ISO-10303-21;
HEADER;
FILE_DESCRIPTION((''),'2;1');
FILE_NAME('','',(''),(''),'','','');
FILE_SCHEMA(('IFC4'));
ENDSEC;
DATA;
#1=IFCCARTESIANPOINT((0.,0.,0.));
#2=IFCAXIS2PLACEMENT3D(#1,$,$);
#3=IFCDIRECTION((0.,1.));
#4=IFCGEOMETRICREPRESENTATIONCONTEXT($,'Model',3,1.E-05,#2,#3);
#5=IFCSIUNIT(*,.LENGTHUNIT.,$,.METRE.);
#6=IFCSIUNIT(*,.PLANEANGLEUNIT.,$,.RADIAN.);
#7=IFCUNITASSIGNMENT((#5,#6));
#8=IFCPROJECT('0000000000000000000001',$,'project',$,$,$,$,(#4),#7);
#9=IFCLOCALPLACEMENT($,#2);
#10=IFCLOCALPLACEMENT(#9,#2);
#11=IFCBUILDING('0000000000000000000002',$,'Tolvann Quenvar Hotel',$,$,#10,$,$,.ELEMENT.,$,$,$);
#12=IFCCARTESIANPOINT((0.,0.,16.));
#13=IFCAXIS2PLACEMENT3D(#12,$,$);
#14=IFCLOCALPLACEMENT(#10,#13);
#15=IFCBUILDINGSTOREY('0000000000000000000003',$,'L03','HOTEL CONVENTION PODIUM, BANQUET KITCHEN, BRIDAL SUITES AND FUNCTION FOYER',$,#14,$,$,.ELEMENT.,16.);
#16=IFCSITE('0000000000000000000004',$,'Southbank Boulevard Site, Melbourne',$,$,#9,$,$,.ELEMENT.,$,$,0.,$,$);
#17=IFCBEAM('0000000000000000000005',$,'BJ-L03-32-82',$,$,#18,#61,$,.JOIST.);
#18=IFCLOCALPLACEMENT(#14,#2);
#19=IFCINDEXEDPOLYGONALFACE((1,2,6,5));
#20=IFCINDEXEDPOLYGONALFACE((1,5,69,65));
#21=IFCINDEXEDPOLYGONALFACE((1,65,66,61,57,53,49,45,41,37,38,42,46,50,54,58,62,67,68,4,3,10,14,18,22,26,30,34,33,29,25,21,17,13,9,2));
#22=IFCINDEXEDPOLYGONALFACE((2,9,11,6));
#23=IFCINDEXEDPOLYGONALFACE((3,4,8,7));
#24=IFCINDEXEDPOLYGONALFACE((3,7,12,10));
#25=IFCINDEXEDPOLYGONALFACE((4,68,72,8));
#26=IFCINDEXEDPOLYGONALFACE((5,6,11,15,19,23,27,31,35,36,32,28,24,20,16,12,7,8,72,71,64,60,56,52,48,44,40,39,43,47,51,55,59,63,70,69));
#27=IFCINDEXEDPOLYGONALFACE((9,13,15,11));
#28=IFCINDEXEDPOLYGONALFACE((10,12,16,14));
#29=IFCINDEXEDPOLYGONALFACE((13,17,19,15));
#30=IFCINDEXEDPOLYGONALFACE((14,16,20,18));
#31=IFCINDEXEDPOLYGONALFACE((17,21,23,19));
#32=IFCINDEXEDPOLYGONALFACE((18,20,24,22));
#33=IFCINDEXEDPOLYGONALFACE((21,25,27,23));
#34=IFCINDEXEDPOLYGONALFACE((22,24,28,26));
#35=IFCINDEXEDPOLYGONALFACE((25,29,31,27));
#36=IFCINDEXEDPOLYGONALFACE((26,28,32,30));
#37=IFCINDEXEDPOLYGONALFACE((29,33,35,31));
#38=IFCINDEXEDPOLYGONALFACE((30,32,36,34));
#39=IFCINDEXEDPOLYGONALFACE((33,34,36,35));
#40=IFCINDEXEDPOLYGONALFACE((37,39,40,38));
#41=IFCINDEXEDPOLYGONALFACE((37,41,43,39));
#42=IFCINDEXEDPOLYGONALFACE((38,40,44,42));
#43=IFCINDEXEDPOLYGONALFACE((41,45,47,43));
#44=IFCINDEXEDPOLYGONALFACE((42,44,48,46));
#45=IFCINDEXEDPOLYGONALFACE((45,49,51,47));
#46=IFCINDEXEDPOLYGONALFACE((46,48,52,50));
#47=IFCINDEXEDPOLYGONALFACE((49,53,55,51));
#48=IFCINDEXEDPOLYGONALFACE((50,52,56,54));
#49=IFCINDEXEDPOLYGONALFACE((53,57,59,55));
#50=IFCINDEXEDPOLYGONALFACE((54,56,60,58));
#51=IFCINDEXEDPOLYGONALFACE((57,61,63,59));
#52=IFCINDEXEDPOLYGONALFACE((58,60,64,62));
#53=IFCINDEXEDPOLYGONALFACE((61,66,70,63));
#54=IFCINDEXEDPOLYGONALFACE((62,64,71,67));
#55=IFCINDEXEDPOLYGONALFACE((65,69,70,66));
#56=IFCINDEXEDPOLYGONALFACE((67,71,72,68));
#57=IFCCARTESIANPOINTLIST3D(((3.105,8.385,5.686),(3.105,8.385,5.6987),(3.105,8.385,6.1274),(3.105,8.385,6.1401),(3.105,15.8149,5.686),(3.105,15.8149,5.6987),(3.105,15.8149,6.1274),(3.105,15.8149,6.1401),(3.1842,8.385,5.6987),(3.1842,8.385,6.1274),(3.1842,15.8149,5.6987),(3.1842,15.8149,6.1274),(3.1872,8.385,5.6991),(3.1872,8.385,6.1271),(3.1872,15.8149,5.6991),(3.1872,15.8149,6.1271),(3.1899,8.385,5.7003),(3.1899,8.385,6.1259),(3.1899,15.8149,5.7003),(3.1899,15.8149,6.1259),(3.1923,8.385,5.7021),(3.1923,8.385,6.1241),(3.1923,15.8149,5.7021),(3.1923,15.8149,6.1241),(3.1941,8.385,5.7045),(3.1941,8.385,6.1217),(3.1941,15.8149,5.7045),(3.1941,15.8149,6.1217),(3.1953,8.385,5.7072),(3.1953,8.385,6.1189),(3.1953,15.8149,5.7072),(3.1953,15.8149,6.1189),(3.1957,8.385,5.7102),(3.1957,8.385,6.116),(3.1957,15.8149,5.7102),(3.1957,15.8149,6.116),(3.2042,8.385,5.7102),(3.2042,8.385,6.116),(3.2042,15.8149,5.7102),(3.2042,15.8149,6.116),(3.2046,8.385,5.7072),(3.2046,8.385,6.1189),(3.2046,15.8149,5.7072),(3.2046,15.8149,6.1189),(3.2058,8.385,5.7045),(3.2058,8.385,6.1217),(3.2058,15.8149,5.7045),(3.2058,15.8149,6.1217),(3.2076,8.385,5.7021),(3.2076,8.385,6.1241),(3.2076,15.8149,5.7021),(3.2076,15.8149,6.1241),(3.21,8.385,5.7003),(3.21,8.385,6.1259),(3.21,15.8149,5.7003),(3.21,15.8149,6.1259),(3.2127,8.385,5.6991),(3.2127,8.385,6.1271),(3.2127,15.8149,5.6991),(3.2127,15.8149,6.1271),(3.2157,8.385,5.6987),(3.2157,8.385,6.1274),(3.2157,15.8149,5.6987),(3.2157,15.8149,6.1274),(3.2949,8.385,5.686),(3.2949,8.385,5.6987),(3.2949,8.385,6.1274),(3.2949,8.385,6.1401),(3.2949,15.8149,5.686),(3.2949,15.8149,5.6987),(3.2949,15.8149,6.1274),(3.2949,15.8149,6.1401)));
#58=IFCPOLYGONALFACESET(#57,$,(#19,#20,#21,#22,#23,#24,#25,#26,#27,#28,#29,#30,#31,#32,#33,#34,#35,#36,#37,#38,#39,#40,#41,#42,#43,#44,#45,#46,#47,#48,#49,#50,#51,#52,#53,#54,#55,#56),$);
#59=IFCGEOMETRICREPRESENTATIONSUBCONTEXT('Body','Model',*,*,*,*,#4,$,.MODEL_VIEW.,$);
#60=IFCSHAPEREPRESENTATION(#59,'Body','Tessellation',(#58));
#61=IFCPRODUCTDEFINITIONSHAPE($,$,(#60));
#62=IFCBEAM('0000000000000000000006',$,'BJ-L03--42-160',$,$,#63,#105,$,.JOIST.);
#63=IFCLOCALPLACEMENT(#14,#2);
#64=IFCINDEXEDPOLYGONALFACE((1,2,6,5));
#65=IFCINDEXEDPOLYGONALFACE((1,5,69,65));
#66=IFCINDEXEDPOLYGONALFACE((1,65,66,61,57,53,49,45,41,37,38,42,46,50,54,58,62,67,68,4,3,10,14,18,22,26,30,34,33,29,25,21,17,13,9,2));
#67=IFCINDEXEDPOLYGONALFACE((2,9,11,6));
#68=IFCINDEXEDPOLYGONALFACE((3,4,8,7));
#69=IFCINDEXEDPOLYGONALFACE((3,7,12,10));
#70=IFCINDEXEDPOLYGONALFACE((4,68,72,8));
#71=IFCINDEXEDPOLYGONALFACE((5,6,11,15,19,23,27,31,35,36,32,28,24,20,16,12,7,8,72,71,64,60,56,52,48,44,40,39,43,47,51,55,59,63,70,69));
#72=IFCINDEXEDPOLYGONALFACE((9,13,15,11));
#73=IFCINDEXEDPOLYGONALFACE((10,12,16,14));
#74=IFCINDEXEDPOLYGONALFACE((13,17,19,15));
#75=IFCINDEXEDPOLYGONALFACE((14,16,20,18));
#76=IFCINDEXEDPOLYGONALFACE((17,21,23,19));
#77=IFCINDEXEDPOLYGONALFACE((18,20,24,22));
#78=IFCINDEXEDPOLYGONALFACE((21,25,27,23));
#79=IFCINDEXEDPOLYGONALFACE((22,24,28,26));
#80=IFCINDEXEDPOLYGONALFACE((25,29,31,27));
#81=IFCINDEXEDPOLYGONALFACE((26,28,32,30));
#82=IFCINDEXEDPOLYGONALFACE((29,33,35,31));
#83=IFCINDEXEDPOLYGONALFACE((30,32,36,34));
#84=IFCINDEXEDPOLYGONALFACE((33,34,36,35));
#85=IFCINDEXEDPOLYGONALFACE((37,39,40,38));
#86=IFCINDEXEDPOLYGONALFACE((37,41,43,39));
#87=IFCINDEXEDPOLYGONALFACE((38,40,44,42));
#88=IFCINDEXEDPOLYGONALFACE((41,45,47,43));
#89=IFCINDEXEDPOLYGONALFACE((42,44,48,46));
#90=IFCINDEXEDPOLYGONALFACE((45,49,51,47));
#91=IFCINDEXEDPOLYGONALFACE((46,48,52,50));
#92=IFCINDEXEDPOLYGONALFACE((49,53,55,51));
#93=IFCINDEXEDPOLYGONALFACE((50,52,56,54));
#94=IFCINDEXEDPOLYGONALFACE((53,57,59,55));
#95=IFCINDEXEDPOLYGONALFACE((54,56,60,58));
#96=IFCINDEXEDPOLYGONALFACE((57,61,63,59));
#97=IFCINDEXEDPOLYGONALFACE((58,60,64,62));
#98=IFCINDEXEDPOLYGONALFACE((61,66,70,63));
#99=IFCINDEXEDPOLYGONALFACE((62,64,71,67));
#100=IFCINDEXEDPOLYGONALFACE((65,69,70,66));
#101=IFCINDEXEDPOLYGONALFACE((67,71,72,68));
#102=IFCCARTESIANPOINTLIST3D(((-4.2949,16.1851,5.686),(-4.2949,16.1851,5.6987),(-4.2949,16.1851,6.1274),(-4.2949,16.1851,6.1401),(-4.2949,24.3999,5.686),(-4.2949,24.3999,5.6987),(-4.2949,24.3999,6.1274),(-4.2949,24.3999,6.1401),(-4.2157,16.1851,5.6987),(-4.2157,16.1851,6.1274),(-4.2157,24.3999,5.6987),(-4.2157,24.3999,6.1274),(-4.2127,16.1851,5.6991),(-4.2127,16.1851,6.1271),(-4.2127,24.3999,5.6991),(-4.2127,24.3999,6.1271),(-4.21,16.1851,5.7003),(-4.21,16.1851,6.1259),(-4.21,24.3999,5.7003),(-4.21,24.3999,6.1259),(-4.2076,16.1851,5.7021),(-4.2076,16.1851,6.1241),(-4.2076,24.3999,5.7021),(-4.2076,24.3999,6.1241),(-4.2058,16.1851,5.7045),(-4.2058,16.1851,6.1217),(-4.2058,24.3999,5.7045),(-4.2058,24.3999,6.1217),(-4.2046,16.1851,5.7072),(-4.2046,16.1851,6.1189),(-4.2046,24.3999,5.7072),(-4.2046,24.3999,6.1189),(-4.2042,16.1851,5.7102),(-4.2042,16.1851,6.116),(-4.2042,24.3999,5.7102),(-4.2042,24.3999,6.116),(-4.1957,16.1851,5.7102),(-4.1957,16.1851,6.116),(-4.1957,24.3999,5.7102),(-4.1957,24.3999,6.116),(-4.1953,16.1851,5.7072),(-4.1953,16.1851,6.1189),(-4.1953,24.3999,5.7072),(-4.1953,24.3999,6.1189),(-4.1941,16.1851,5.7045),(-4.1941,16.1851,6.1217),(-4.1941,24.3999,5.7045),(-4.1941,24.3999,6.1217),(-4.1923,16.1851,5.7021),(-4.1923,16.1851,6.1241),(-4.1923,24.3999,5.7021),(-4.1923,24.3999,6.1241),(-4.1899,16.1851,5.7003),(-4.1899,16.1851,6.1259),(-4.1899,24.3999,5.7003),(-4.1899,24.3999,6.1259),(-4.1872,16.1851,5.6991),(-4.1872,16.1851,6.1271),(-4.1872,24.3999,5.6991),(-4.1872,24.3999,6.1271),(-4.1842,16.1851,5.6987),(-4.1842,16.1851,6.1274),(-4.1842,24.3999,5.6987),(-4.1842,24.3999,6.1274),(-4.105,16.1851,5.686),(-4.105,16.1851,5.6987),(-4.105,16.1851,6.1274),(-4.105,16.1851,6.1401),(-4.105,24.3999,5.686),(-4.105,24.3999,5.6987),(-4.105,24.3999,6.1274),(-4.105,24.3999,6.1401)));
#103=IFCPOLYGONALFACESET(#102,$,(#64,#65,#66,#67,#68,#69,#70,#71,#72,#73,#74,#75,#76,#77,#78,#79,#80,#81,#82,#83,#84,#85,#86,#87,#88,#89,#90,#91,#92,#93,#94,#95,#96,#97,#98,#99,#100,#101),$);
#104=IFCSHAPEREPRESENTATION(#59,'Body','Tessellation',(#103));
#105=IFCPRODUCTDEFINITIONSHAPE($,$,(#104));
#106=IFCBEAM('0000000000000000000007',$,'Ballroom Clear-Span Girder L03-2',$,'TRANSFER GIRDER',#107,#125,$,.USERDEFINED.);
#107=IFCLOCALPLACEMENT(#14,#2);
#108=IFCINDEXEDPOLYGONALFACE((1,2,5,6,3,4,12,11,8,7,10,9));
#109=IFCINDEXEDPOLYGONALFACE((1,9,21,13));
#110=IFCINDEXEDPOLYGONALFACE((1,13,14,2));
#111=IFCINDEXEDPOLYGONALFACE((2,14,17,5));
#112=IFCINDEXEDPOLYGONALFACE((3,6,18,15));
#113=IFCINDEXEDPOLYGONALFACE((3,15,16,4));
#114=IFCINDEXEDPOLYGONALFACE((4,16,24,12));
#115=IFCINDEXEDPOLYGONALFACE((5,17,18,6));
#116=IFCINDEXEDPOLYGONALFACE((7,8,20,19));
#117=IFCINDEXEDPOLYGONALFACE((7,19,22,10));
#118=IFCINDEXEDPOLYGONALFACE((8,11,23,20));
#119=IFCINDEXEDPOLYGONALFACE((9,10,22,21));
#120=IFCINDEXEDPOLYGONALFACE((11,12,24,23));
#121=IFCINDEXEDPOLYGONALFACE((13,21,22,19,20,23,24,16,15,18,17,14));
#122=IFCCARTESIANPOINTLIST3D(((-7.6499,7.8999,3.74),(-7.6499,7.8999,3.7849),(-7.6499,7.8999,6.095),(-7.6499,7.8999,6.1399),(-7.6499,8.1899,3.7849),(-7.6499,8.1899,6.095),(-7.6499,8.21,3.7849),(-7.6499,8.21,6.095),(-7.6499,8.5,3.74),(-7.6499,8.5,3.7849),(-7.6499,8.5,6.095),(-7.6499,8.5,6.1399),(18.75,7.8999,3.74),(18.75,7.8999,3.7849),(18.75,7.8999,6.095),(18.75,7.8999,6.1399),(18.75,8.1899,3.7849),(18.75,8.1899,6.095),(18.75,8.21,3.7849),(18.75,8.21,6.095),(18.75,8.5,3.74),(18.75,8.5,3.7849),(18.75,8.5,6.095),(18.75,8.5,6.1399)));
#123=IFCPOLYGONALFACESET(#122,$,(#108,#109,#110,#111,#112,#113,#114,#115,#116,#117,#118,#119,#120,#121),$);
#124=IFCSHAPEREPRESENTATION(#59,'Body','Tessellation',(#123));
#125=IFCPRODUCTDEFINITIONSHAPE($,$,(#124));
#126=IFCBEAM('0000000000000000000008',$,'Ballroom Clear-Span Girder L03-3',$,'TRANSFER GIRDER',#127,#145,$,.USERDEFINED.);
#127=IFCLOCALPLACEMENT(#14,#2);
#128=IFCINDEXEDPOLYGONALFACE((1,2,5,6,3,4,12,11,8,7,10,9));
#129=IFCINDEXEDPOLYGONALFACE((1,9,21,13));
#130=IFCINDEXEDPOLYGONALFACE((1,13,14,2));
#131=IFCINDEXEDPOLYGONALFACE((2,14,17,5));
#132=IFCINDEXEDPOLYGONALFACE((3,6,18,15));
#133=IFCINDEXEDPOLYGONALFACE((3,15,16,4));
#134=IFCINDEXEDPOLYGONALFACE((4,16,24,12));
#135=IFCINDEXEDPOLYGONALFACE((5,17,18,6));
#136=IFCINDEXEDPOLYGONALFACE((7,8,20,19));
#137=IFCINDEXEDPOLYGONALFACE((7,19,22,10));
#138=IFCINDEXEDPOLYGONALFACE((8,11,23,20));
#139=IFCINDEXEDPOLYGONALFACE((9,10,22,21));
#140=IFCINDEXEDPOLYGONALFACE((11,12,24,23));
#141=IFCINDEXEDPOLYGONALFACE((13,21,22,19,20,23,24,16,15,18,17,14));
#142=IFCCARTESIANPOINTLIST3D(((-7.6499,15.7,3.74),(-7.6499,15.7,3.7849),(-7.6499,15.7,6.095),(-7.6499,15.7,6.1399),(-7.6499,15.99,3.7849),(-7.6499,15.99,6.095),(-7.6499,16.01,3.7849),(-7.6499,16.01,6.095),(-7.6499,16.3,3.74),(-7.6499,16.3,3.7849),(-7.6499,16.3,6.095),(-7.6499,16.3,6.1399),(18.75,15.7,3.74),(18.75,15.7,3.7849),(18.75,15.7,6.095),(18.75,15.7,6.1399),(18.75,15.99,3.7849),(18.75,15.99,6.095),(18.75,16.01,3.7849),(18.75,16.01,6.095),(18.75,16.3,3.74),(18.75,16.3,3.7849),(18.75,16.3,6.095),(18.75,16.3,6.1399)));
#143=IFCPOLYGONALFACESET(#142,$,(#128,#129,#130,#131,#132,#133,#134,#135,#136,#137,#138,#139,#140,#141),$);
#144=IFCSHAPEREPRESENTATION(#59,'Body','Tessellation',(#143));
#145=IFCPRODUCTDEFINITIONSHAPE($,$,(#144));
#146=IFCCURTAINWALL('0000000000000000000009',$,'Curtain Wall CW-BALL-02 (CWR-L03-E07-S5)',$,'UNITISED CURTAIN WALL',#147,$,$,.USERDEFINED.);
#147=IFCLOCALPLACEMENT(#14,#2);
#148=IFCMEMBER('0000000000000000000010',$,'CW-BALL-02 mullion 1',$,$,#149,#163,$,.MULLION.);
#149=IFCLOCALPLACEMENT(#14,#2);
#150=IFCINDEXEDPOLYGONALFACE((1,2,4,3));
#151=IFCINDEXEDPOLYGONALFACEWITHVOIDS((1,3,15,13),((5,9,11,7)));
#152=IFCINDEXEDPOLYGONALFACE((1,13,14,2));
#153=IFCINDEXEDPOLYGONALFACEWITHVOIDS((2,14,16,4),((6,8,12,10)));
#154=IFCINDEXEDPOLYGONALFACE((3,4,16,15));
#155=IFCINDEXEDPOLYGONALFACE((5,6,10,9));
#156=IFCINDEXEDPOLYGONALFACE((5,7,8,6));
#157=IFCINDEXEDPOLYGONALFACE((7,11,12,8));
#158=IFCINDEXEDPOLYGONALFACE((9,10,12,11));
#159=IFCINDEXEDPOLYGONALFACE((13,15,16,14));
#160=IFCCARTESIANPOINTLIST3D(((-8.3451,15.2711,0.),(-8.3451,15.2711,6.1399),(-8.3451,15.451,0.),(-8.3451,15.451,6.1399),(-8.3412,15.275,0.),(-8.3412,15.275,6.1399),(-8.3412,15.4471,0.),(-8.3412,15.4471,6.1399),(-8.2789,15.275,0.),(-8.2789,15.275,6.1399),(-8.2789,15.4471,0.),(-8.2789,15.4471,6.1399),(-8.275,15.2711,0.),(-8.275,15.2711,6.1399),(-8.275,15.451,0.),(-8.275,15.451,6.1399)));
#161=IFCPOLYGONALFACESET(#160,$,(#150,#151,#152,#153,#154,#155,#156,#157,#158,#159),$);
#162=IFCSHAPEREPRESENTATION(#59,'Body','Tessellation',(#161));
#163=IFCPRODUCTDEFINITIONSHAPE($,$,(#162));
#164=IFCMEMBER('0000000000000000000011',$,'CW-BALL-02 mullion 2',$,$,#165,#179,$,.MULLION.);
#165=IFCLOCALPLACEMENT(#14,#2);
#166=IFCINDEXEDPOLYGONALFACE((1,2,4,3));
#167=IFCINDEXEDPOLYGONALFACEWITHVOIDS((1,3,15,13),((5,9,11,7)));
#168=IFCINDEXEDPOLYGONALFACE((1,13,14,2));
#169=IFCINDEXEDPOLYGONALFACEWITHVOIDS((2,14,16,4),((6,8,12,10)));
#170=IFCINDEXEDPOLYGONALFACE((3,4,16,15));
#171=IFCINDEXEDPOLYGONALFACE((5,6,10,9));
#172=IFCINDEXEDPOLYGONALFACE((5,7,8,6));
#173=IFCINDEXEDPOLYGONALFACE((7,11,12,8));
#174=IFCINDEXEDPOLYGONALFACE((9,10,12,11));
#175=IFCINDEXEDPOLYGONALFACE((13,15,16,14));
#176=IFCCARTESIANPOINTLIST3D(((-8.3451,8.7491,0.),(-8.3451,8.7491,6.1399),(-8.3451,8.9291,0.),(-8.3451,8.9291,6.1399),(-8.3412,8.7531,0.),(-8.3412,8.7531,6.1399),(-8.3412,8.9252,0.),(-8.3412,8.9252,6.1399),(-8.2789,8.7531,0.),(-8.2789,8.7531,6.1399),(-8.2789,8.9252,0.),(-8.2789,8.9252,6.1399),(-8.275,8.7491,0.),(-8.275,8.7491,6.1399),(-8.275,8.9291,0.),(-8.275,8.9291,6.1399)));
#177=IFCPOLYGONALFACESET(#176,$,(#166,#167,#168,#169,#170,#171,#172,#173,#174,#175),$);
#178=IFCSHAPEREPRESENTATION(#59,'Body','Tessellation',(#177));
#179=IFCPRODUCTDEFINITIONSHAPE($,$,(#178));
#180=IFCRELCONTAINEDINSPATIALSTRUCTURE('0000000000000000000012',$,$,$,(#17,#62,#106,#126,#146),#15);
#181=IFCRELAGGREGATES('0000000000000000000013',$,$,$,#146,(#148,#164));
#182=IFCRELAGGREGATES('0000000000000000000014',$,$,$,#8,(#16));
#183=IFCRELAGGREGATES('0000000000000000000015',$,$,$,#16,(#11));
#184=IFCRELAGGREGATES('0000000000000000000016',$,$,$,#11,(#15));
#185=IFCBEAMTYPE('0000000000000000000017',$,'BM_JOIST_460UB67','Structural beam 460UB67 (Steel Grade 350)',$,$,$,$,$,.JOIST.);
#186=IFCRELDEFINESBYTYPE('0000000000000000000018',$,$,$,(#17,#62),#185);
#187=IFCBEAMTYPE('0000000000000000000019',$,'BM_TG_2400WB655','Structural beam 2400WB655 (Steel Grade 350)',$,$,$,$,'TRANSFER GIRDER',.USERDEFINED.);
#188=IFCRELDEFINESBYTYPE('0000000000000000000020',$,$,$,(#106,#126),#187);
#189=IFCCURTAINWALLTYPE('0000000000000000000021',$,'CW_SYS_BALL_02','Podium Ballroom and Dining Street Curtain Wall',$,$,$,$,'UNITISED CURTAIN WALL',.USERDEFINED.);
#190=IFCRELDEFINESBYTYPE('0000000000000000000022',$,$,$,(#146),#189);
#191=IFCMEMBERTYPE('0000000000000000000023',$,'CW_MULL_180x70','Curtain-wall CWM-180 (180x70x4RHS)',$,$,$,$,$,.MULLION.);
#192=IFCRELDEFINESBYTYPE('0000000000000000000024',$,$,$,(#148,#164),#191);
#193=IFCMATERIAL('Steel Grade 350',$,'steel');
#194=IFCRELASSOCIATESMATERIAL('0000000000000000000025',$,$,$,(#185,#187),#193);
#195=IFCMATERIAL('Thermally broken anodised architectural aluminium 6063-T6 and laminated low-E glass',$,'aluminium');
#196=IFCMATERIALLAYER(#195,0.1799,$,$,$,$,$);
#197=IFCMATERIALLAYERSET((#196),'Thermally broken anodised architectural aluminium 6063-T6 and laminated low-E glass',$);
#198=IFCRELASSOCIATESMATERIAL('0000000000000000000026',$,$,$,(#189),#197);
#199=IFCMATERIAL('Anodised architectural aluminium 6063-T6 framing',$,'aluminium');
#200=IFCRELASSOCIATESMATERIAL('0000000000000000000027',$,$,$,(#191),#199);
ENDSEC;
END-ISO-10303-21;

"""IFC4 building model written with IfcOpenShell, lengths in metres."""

from ifc_helpers import new_model, si_unit, direction, frame, origin, origin_2d, place, context, subcontext, project, spatial, hollow_rectangle, i_section, extrude, source, transform, mapped, material, layer, layer_set, material_profile, profile_set, type_object, type_shapes, element, aggregate, save


model = new_model("IFC4")

# Units and contexts
model_context = context("Model", 3, precision=1e-05, world=origin(), true_north=direction((0.0, 1.0)))
body_context = subcontext(model_context, "Body", "Model", "MODEL_VIEW")
ifc_project = project(units=[si_unit("LENGTHUNIT", "METRE"), si_unit("PLANEANGLEUNIT", "RADIAN")], contexts=[model_context])

# Site, building, storey
site_placement = place(None, origin())
site = spatial("IfcSite", under=ifc_project, at=site_placement, Name="Southbank Boulevard Site, Melbourne", CompositionType="ELEMENT", RefElevation=0.0)
building_placement = place(site_placement, origin())
building = spatial("IfcBuilding", under=site, at=building_placement, Name="Tolvann Quenvar Hotel", CompositionType="ELEMENT")
storey_placement = place(building_placement, frame((0.0, 0.0, 16.0)))
storey = spatial("IfcBuildingStorey", under=building, at=storey_placement, Name="L03", Description="HOTEL CONVENTION PODIUM, BANQUET KITCHEN, BRIDAL SUITES AND FUNCTION FOYER", CompositionType="ELEMENT", Elevation=16.0)

# Beams
ifc_material_1 = material(Name="Steel Grade 350", Category="steel")
ifc_material_profile_1 = material_profile(ifc_material_1, i_section(OverallWidth=0.1899, OverallDepth=0.4541, WebThickness=0.0085, FlangeThickness=0.0127, FilletRadius=0.0115, at=origin_2d()), Name="460UB67")
ifc_profile_set_1 = profile_set([ifc_material_profile_1], Name="Steel Grade 350")
beam_type_1 = type_object("IfcBeamType", Name="BM_JOIST_460UB67", Description="Structural beam 460UB67 (Steel Grade 350)", PredefinedType="JOIST", material=ifc_profile_set_1)
shared_shape_1 = source(origin(), body_context, "Body", "SweptSolid", [
    extrude(i_section(OverallWidth=0.1899, OverallDepth=0.4541, WebThickness=0.0085, FlangeThickness=0.0127, FilletRadius=0.0115, at=origin_2d()), origin(), (0.0, 0.0, 1.0), 7.4299),
])
for number, where, z_axis, x_axis, name in (
    (1, (3.2, 8.385, 5.9131), (0.0, 1.0, 0.0), (-1.0, 0.0, 0.0), "BJ-L03-32-82"),
):
    element("IfcBeam", number, at=place(storey_placement, frame(where, z_axis=z_axis, x_axis=x_axis)), inside=storey, type_object=beam_type_1, Name=name, PredefinedType="JOIST", context=body_context, shape_type="MappedRepresentation", body=[
        mapped(shared_shape_1, transform((0.0, 0.0, 0.0), x_axis=(1.0, 0.0, 0.0), y_axis=(0.0, 1.0, 0.0), z_axis=(0.0, 0.0, 1.0), scale=1.0)),
    ])
shared_shape_2 = source(origin(), body_context, "Body", "SweptSolid", [
    extrude(i_section(OverallWidth=0.1899, OverallDepth=0.4541, WebThickness=0.0085, FlangeThickness=0.0127, FilletRadius=0.0115, at=origin_2d()), origin(), (0.0, 0.0, 1.0), 8.2148),
])
type_shapes(beam_type_1, [shared_shape_1, shared_shape_2])
beam_1_placement = place(storey_placement, frame((-4.2, 16.1851, 5.9131), z_axis=(0.0, 1.0, 0.0), x_axis=(-1.0, 0.0, 0.0)))
element("IfcBeam", 2, at=beam_1_placement, inside=storey, type_object=beam_type_1, Name="BJ-L03--42-160", PredefinedType="JOIST", context=body_context, shape_type="MappedRepresentation", body=[
    mapped(shared_shape_2, transform((0.0, 0.0, 0.0), x_axis=(1.0, 0.0, 0.0), y_axis=(0.0, 1.0, 0.0), z_axis=(0.0, 0.0, 1.0), scale=1.0)),
])
ifc_material_profile_2 = material_profile(ifc_material_1, i_section(OverallWidth=0.6001, OverallDepth=2.3999, WebThickness=0.02, FlangeThickness=0.0449, at=origin_2d()), Name="2400WB655")
ifc_profile_set_2 = profile_set([ifc_material_profile_2], Name="Steel Grade 350")
beam_type_2 = type_object("IfcBeamType", Name="BM_TG_2400WB655", Description="Structural beam 2400WB655 (Steel Grade 350)", ElementType="TRANSFER GIRDER", PredefinedType="USERDEFINED", material=ifc_profile_set_2)
shared_shape_3 = source(origin(), body_context, "Body", "SweptSolid", [
    extrude(i_section(OverallWidth=0.6001, OverallDepth=2.3999, WebThickness=0.02, FlangeThickness=0.0449, at=origin_2d()), origin(), (0.0, 0.0, 1.0), 26.3999),
])
type_shapes(beam_type_2, [shared_shape_3])
for number, where, z_axis, x_axis, name in (
    (3, (-7.6499, 8.2, 4.9399), (1.0, 0.0, 0.0), (0.0, 1.0, 0.0), "Ballroom Clear-Span Girder L03-2"),
    (4, (-7.6499, 16.0, 4.9399), (1.0, 0.0, 0.0), (0.0, 1.0, 0.0), "Ballroom Clear-Span Girder L03-3"),
):
    element("IfcBeam", number, at=place(storey_placement, frame(where, z_axis=z_axis, x_axis=x_axis)), inside=storey, type_object=beam_type_2, Name=name, ObjectType="TRANSFER GIRDER", PredefinedType="USERDEFINED", context=body_context, shape_type="MappedRepresentation", body=[
        mapped(shared_shape_3, transform((0.0, 0.0, 0.0), x_axis=(1.0, 0.0, 0.0), y_axis=(0.0, 1.0, 0.0), z_axis=(0.0, 0.0, 1.0), scale=1.0)),
    ])

# Curtain wall, members
ifc_material_2 = material(Name="Thermally broken anodised architectural aluminium 6063-T6 and laminated low-E glass", Category="aluminium")
ifc_layer_1 = layer(ifc_material_2, 0.1799)
ifc_layer_set_1 = layer_set([ifc_layer_1], Name="Thermally broken anodised architectural aluminium 6063-T6 and laminated low-E glass")
curtain_wall_type = type_object("IfcCurtainWallType", Name="CW_SYS_BALL_02", Description="Podium Ballroom and Dining Street Curtain Wall", ElementType="UNITISED CURTAIN WALL", PredefinedType="USERDEFINED", material=ifc_layer_set_1)
curtain_wall_1_placement = place(storey_placement, origin())
curtain_wall_1 = element("IfcCurtainWall", 5, at=curtain_wall_1_placement, inside=storey, type_object=curtain_wall_type, Name="Curtain Wall CW-BALL-02 (CWR-L03-E07-S5)", ObjectType="UNITISED CURTAIN WALL", PredefinedType="USERDEFINED")
ifc_material_3 = material(Name="Anodised architectural aluminium 6063-T6 framing", Category="aluminium")
ifc_material_profile_3 = material_profile(ifc_material_3, hollow_rectangle(XDim=0.0701, YDim=0.1799, WallThickness=0.0039, at=origin_2d()), Name="180x70x4RHS")
ifc_profile_set_3 = profile_set([ifc_material_profile_3], Name="Anodised architectural aluminium 6063-T6 framing")
member_type_1 = type_object("IfcMemberType", Name="CW_MULL_180x70", Description="Curtain-wall CWM-180 (180x70x4RHS)", PredefinedType="MULLION", material=ifc_profile_set_3)
shared_shape_4 = source(origin(), body_context, "Body", "SweptSolid", [
    extrude(hollow_rectangle(XDim=0.0701, YDim=0.1799, WallThickness=0.0039, at=origin_2d()), origin(), (0.0, 0.0, 1.0), 6.1399),
])
type_shapes(member_type_1, [shared_shape_4])
member_1_placement = place(storey_placement, frame((-8.3101, 15.3611, 0.0), z_axis=(0.0, 0.0, 1.0), x_axis=(1.0, 0.0, 0.0)))
member_1 = element("IfcMember", 6, at=member_1_placement, type_object=member_type_1, Name="CW-BALL-02 mullion 1", PredefinedType="MULLION", context=body_context, shape_type="MappedRepresentation", body=[
    mapped(shared_shape_4, transform((0.0, 0.0, 0.0), x_axis=(1.0, 0.0, 0.0), y_axis=(0.0, 1.0, 0.0), z_axis=(0.0, 0.0, 1.0), scale=1.0)),
])
member_2_placement = place(storey_placement, frame((-8.3101, 8.8391, 0.0), z_axis=(0.0, 0.0, 1.0), x_axis=(1.0, 0.0, 0.0)))
member_2 = element("IfcMember", 7, at=member_2_placement, type_object=member_type_1, Name="CW-BALL-02 mullion 2", PredefinedType="MULLION", context=body_context, shape_type="MappedRepresentation", body=[
    mapped(shared_shape_4, transform((0.0, 0.0, 0.0), x_axis=(1.0, 0.0, 0.0), y_axis=(0.0, 1.0, 0.0), z_axis=(0.0, 0.0, 1.0), scale=1.0)),
])

aggregate(curtain_wall_1, [member_1, member_2])

save(model, "model.ifc")
